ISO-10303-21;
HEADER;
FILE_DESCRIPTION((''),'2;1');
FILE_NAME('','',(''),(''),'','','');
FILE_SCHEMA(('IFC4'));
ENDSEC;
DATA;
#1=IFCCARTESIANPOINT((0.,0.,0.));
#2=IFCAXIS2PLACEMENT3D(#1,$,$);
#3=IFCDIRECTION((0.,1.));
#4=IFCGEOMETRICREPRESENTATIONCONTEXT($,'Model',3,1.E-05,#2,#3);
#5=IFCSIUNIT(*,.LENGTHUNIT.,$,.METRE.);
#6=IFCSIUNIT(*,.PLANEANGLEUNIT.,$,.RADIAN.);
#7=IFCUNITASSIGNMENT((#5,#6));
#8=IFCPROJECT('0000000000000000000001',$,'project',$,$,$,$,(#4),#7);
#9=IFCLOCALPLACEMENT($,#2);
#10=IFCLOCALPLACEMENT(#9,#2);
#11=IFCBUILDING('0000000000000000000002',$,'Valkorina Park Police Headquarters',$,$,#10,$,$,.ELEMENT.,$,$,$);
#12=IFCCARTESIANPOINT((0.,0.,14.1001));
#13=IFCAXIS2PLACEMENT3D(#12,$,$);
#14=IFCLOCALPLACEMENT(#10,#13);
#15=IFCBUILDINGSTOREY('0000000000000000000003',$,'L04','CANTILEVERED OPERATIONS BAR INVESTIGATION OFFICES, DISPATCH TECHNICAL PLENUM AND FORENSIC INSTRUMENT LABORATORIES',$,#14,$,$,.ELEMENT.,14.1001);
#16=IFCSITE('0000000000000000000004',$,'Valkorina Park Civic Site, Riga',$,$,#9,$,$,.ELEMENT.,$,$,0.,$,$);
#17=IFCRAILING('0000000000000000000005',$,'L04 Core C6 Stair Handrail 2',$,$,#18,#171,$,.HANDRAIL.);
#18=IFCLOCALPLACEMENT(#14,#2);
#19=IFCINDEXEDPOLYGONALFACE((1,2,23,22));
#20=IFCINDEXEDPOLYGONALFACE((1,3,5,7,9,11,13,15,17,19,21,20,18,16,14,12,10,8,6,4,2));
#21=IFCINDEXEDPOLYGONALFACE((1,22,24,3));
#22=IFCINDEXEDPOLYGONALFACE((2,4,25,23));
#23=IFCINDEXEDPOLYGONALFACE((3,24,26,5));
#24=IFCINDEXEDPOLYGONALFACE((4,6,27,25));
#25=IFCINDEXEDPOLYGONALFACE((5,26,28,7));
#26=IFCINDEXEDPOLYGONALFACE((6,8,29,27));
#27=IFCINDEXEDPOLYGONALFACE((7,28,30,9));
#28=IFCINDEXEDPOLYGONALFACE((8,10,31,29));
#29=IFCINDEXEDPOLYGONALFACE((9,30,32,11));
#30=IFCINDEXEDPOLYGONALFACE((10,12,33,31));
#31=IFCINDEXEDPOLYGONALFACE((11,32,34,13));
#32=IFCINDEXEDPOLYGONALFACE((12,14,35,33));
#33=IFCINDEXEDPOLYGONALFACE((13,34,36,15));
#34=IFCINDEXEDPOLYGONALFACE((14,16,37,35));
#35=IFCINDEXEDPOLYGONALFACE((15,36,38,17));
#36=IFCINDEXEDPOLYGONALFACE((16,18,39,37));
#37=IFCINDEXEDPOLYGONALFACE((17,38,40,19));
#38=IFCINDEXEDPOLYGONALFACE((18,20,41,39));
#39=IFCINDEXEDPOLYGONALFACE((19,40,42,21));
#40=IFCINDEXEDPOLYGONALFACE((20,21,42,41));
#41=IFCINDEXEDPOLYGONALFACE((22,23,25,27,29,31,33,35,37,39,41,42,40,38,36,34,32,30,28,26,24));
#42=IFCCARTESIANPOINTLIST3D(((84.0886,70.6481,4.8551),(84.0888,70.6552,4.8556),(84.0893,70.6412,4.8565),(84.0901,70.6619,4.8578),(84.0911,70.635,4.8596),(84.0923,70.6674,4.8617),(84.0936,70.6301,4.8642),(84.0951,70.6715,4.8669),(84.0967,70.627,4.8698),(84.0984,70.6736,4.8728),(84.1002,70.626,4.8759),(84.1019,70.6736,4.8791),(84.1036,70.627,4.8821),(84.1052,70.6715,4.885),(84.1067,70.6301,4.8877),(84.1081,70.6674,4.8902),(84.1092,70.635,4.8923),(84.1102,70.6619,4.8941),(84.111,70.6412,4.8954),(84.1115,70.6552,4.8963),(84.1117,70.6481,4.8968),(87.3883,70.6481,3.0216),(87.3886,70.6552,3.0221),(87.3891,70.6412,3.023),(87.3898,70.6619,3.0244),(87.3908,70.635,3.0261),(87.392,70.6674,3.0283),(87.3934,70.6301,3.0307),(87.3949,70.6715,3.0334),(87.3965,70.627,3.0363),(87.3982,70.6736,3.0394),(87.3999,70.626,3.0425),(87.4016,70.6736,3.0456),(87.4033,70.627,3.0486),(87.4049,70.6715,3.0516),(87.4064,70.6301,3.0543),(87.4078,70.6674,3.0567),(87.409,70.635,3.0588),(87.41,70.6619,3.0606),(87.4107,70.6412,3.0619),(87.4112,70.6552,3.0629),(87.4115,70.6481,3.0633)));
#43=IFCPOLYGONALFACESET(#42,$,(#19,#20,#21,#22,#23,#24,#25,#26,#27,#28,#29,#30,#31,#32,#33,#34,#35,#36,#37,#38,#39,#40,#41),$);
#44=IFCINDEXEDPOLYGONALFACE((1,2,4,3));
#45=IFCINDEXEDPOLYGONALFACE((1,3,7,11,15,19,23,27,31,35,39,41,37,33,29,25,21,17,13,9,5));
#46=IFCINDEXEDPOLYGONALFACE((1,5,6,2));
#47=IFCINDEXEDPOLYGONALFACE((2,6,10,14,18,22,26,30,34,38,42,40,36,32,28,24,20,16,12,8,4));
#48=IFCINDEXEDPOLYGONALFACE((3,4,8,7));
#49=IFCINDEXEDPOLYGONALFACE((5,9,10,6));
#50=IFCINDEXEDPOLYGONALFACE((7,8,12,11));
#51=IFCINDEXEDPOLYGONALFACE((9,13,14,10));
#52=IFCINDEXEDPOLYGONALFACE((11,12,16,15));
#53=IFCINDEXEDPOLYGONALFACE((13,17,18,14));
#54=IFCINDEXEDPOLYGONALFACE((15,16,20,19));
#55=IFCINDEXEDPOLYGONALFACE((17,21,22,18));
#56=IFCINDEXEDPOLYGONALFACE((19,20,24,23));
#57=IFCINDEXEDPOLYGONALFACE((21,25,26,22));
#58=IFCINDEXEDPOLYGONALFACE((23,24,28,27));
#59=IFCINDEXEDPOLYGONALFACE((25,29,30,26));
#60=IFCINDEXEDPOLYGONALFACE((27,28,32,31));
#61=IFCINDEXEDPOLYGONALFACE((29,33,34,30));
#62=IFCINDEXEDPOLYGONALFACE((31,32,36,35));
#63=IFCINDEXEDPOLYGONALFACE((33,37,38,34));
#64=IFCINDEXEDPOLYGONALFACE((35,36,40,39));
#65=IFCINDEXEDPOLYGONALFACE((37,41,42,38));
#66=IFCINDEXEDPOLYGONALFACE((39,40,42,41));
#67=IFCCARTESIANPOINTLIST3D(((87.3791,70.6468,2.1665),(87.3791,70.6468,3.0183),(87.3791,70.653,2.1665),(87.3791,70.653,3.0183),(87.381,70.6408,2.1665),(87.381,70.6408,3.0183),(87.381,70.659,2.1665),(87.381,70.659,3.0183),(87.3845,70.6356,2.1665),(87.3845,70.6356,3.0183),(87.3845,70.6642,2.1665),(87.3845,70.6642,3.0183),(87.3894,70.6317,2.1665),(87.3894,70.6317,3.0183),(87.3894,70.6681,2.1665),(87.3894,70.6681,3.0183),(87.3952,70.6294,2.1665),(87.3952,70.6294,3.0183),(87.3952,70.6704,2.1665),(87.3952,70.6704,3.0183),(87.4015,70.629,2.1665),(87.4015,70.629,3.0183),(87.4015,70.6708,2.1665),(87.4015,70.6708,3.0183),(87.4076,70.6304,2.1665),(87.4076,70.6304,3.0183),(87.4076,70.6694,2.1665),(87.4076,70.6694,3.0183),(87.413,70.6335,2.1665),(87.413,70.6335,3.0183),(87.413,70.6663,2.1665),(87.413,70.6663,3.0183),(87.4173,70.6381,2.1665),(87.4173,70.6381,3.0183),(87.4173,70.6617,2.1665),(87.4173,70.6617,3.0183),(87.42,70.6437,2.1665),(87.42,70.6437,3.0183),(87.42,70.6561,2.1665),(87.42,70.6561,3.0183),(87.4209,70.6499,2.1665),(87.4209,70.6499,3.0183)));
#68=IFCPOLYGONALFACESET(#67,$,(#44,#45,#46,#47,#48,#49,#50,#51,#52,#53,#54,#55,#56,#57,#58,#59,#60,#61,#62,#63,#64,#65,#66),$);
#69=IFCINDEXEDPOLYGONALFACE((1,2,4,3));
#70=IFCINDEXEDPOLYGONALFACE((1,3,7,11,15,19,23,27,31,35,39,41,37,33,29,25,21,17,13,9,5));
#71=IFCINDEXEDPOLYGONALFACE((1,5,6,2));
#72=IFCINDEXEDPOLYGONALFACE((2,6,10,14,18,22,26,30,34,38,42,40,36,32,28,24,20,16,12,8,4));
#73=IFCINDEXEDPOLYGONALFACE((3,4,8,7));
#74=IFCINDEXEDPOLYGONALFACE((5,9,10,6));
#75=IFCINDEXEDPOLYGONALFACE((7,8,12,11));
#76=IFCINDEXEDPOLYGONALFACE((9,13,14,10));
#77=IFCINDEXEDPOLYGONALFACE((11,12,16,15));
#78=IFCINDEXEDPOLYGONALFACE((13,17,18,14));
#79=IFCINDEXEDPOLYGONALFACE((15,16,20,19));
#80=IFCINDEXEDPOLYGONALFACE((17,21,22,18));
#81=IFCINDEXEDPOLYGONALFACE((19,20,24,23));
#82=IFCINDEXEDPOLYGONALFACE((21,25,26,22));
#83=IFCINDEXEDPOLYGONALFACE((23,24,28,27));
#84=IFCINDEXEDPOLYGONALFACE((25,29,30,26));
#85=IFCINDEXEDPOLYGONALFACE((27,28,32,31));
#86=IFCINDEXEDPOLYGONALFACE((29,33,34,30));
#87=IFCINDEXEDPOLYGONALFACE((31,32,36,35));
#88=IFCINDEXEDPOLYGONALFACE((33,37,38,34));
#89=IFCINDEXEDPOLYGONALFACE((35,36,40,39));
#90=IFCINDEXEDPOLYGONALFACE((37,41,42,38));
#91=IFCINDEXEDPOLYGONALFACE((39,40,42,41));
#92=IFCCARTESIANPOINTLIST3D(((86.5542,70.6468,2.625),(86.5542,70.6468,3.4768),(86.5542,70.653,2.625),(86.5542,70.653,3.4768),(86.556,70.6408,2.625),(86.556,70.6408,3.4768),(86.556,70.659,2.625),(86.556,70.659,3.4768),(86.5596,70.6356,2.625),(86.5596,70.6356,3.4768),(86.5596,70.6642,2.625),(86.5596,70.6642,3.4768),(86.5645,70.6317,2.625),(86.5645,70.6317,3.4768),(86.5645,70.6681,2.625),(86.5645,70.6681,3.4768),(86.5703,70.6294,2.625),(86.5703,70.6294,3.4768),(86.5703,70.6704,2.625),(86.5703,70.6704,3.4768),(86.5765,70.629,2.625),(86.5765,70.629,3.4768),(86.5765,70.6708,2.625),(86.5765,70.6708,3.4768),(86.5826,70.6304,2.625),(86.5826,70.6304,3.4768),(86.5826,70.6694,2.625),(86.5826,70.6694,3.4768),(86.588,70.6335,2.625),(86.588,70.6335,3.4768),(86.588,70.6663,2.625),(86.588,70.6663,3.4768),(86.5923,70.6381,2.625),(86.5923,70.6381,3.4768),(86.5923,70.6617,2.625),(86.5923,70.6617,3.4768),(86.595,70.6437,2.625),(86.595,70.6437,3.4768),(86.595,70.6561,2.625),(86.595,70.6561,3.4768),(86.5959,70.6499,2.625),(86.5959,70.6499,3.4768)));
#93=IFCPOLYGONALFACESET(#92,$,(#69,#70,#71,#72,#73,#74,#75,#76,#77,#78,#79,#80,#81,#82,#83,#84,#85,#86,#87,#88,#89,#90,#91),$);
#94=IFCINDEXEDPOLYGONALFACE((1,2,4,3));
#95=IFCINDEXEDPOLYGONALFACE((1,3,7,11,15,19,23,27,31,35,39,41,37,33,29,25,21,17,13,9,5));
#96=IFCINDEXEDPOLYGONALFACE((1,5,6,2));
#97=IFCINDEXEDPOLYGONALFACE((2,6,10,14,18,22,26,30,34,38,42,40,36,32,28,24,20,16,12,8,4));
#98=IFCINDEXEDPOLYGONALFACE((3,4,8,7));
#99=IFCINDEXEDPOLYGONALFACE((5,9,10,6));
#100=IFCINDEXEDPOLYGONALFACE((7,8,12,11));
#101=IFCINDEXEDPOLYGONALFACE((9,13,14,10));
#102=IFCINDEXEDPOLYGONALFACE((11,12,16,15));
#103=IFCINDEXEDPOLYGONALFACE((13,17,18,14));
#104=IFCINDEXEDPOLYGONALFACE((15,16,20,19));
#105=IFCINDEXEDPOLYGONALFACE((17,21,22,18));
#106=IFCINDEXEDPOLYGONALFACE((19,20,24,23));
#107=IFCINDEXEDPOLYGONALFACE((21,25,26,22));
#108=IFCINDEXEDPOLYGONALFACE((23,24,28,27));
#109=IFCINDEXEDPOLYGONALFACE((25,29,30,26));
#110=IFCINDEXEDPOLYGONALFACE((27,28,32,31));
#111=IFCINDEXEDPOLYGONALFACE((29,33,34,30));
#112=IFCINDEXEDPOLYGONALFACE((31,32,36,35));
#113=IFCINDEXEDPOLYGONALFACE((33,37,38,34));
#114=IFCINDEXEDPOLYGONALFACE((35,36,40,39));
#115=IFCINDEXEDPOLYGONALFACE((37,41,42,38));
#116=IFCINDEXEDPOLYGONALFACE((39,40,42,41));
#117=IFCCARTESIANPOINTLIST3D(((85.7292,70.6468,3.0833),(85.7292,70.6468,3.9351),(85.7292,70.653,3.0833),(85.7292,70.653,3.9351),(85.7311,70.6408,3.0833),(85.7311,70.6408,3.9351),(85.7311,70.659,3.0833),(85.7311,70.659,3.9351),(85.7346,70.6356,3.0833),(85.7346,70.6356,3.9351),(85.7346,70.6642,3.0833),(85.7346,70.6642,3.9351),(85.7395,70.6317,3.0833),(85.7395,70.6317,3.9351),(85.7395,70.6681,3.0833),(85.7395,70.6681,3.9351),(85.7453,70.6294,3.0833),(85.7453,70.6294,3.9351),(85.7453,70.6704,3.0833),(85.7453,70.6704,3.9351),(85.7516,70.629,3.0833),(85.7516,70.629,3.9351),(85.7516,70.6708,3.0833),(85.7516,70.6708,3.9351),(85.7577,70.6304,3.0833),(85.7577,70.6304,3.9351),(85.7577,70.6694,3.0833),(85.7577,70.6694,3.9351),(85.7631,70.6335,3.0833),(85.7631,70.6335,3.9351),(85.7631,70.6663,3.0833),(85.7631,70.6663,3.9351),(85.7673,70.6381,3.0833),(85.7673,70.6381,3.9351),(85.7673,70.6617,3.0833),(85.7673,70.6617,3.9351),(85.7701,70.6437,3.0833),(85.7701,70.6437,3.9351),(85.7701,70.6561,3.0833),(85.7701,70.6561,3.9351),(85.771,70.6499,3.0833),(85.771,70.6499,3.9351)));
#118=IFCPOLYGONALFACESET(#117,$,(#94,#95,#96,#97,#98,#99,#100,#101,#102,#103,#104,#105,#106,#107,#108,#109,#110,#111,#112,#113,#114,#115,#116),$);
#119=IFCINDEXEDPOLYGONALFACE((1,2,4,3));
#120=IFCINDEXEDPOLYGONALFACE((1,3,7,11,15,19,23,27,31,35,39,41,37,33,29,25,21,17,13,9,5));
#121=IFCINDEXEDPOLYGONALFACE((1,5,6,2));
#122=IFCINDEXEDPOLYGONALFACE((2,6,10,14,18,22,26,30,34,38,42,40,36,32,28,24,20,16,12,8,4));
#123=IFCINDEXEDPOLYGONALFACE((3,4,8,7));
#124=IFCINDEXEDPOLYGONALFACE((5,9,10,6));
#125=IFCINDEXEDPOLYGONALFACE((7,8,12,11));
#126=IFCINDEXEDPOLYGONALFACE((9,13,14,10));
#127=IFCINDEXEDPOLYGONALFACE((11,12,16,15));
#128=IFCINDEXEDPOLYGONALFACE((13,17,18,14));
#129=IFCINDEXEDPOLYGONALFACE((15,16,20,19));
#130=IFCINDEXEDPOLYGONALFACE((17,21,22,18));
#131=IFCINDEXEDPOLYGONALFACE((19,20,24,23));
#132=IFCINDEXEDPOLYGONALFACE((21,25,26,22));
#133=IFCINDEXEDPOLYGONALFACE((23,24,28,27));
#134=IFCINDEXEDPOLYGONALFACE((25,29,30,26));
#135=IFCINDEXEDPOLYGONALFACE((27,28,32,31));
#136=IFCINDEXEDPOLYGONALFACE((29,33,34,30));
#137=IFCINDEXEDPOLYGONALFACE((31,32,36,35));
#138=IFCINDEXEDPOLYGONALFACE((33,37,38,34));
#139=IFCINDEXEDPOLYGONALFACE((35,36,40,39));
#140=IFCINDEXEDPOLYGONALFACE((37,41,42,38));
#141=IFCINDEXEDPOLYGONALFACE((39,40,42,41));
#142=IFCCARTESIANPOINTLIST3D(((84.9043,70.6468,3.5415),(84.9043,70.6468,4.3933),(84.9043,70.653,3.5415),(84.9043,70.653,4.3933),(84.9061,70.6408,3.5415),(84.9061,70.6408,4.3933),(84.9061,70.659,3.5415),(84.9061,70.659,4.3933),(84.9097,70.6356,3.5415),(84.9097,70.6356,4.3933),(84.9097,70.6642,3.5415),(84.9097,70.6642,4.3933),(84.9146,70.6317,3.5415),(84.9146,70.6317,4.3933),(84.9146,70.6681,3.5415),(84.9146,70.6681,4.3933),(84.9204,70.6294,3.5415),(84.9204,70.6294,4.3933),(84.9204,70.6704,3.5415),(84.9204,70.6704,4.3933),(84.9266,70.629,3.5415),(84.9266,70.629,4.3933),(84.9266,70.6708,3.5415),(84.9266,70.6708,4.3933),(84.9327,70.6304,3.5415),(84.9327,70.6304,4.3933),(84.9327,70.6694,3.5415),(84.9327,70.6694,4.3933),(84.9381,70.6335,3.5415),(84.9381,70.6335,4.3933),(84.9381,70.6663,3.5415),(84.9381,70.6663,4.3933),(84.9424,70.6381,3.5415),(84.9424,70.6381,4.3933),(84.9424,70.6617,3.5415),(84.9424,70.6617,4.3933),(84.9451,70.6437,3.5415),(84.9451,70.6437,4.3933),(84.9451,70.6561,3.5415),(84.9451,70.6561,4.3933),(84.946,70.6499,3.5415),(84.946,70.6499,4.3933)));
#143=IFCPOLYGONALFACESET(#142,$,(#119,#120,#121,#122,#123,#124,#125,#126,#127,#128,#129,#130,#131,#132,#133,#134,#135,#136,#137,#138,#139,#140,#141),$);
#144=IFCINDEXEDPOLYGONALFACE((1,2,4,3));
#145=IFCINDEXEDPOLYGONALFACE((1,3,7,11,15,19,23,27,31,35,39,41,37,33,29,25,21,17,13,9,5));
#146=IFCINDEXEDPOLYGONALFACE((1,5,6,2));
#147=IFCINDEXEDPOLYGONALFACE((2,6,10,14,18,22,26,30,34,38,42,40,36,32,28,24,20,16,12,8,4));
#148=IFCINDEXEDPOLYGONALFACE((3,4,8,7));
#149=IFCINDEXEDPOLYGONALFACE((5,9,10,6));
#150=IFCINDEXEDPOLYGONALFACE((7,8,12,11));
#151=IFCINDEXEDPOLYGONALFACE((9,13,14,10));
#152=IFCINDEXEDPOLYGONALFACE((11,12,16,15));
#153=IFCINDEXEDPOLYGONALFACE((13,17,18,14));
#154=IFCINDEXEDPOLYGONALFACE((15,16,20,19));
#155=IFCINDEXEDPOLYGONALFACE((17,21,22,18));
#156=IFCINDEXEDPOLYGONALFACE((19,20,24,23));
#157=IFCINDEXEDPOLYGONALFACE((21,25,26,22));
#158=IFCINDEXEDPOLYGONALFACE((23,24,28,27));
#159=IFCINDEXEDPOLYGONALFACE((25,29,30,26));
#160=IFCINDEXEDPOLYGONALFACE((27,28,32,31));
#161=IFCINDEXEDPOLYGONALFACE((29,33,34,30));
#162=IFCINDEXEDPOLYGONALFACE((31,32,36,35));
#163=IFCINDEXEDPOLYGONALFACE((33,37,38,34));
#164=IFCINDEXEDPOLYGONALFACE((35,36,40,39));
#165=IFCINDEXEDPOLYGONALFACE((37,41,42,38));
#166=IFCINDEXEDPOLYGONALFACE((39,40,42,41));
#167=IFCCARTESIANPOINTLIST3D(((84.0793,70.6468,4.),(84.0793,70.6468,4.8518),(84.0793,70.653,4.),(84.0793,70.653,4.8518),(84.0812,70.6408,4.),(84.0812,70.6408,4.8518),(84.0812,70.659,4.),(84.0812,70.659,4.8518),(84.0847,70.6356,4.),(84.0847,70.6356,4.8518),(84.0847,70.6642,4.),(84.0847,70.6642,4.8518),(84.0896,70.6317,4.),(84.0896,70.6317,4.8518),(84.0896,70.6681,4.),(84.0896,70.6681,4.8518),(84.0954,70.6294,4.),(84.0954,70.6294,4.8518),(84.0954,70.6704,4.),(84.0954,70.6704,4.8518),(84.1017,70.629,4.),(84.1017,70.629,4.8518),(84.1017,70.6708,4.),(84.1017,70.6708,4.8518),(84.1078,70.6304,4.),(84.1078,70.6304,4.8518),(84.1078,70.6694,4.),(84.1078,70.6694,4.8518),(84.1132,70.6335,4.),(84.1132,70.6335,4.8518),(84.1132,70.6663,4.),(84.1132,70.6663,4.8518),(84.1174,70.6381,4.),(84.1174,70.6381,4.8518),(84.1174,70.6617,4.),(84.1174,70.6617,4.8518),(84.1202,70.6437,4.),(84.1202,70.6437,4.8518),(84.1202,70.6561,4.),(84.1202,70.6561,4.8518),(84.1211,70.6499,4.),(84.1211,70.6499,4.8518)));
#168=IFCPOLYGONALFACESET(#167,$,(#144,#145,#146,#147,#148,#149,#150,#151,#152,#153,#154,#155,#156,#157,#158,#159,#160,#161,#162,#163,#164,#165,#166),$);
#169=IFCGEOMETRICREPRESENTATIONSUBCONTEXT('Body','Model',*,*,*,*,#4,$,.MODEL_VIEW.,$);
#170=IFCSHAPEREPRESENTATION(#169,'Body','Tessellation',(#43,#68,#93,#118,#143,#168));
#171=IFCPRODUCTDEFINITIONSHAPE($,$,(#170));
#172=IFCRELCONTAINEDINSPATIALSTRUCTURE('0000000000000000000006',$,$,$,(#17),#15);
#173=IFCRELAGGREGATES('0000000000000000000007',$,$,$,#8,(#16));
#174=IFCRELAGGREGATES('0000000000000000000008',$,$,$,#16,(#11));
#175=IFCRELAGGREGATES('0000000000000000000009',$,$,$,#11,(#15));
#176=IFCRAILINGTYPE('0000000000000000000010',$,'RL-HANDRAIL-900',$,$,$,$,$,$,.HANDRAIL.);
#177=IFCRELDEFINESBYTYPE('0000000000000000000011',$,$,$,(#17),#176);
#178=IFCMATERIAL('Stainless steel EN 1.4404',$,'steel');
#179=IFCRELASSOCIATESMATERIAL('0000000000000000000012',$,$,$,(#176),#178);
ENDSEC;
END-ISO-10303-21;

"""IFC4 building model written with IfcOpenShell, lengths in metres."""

from ifc_helpers import new_model, si_unit, direction, frame, origin, origin_2d, place, context, subcontext, project, spatial, circle, extrude, material, type_object, element, save


model = new_model("IFC4")

# Units and contexts
model_context = context("Model", 3, precision=1e-05, world=origin(), true_north=direction((0.0, 1.0)))
body_context = subcontext(model_context, "Body", "Model", "MODEL_VIEW")
ifc_project = project(units=[si_unit("LENGTHUNIT", "METRE"), si_unit("PLANEANGLEUNIT", "RADIAN")], contexts=[model_context])

# Site, building, storey
site_placement = place(None, origin())
site = spatial("IfcSite", under=ifc_project, at=site_placement, Name="Valkorina Park Civic Site, Riga", CompositionType="ELEMENT", RefElevation=0.0)
building_placement = place(site_placement, origin())
building = spatial("IfcBuilding", under=site, at=building_placement, Name="Valkorina Park Police Headquarters", CompositionType="ELEMENT")
storey_placement = place(building_placement, frame((0.0, 0.0, 14.1001)))
storey = spatial("IfcBuildingStorey", under=building, at=storey_placement, Name="L04", Description="CANTILEVERED OPERATIONS BAR INVESTIGATION OFFICES, DISPATCH TECHNICAL PLENUM AND FORENSIC INSTRUMENT LABORATORIES", CompositionType="ELEMENT", Elevation=14.1001)

# Railing
ifc_material_1 = material(Name="Stainless steel EN 1.4404", Category="steel")
railing_type_1 = type_object("IfcRailingType", Name="RL-HANDRAIL-900", PredefinedType="HANDRAIL", material=ifc_material_1)
railing_1_placement = place(storey_placement, frame((87.3999, 70.6499, 2.1665)))
element("IfcRailing", 1, at=railing_1_placement, inside=storey, type_object=railing_type_1, Name="L04 Core C6 Stair Handrail 2", PredefinedType="HANDRAIL", context=body_context, shape_type="SweptSolid", body=[
    extrude(circle(Radius=0.0239, at=origin_2d()), frame((0.0, 0.0, 0.876), z_axis=(-0.874127, 0.0, 0.485698), x_axis=(0.0, -1.0, 0.0)), (0.0, 0.0, 1.0), 3.7749),
    extrude(circle(Radius=0.021, at=origin_2d()), origin(), (0.0, 0.0, 1.0), 0.8518),
    extrude(circle(Radius=0.021, at=origin_2d()), frame((-0.825, 0.0, 0.4585)), (0.0, 0.0, 1.0), 0.8518),
    extrude(circle(Radius=0.021, at=origin_2d()), frame((-1.6499, 0.0, 0.9167)), (0.0, 0.0, 1.0), 0.8518),
    extrude(circle(Radius=0.021, at=origin_2d()), frame((-2.4749, 0.0, 1.375)), (0.0, 0.0, 1.0), 0.8518),
    extrude(circle(Radius=0.021, at=origin_2d()), frame((-3.2998, 0.0, 1.8335)), (0.0, 0.0, 1.0), 0.8518),
])

save(model, "model.ifc")
